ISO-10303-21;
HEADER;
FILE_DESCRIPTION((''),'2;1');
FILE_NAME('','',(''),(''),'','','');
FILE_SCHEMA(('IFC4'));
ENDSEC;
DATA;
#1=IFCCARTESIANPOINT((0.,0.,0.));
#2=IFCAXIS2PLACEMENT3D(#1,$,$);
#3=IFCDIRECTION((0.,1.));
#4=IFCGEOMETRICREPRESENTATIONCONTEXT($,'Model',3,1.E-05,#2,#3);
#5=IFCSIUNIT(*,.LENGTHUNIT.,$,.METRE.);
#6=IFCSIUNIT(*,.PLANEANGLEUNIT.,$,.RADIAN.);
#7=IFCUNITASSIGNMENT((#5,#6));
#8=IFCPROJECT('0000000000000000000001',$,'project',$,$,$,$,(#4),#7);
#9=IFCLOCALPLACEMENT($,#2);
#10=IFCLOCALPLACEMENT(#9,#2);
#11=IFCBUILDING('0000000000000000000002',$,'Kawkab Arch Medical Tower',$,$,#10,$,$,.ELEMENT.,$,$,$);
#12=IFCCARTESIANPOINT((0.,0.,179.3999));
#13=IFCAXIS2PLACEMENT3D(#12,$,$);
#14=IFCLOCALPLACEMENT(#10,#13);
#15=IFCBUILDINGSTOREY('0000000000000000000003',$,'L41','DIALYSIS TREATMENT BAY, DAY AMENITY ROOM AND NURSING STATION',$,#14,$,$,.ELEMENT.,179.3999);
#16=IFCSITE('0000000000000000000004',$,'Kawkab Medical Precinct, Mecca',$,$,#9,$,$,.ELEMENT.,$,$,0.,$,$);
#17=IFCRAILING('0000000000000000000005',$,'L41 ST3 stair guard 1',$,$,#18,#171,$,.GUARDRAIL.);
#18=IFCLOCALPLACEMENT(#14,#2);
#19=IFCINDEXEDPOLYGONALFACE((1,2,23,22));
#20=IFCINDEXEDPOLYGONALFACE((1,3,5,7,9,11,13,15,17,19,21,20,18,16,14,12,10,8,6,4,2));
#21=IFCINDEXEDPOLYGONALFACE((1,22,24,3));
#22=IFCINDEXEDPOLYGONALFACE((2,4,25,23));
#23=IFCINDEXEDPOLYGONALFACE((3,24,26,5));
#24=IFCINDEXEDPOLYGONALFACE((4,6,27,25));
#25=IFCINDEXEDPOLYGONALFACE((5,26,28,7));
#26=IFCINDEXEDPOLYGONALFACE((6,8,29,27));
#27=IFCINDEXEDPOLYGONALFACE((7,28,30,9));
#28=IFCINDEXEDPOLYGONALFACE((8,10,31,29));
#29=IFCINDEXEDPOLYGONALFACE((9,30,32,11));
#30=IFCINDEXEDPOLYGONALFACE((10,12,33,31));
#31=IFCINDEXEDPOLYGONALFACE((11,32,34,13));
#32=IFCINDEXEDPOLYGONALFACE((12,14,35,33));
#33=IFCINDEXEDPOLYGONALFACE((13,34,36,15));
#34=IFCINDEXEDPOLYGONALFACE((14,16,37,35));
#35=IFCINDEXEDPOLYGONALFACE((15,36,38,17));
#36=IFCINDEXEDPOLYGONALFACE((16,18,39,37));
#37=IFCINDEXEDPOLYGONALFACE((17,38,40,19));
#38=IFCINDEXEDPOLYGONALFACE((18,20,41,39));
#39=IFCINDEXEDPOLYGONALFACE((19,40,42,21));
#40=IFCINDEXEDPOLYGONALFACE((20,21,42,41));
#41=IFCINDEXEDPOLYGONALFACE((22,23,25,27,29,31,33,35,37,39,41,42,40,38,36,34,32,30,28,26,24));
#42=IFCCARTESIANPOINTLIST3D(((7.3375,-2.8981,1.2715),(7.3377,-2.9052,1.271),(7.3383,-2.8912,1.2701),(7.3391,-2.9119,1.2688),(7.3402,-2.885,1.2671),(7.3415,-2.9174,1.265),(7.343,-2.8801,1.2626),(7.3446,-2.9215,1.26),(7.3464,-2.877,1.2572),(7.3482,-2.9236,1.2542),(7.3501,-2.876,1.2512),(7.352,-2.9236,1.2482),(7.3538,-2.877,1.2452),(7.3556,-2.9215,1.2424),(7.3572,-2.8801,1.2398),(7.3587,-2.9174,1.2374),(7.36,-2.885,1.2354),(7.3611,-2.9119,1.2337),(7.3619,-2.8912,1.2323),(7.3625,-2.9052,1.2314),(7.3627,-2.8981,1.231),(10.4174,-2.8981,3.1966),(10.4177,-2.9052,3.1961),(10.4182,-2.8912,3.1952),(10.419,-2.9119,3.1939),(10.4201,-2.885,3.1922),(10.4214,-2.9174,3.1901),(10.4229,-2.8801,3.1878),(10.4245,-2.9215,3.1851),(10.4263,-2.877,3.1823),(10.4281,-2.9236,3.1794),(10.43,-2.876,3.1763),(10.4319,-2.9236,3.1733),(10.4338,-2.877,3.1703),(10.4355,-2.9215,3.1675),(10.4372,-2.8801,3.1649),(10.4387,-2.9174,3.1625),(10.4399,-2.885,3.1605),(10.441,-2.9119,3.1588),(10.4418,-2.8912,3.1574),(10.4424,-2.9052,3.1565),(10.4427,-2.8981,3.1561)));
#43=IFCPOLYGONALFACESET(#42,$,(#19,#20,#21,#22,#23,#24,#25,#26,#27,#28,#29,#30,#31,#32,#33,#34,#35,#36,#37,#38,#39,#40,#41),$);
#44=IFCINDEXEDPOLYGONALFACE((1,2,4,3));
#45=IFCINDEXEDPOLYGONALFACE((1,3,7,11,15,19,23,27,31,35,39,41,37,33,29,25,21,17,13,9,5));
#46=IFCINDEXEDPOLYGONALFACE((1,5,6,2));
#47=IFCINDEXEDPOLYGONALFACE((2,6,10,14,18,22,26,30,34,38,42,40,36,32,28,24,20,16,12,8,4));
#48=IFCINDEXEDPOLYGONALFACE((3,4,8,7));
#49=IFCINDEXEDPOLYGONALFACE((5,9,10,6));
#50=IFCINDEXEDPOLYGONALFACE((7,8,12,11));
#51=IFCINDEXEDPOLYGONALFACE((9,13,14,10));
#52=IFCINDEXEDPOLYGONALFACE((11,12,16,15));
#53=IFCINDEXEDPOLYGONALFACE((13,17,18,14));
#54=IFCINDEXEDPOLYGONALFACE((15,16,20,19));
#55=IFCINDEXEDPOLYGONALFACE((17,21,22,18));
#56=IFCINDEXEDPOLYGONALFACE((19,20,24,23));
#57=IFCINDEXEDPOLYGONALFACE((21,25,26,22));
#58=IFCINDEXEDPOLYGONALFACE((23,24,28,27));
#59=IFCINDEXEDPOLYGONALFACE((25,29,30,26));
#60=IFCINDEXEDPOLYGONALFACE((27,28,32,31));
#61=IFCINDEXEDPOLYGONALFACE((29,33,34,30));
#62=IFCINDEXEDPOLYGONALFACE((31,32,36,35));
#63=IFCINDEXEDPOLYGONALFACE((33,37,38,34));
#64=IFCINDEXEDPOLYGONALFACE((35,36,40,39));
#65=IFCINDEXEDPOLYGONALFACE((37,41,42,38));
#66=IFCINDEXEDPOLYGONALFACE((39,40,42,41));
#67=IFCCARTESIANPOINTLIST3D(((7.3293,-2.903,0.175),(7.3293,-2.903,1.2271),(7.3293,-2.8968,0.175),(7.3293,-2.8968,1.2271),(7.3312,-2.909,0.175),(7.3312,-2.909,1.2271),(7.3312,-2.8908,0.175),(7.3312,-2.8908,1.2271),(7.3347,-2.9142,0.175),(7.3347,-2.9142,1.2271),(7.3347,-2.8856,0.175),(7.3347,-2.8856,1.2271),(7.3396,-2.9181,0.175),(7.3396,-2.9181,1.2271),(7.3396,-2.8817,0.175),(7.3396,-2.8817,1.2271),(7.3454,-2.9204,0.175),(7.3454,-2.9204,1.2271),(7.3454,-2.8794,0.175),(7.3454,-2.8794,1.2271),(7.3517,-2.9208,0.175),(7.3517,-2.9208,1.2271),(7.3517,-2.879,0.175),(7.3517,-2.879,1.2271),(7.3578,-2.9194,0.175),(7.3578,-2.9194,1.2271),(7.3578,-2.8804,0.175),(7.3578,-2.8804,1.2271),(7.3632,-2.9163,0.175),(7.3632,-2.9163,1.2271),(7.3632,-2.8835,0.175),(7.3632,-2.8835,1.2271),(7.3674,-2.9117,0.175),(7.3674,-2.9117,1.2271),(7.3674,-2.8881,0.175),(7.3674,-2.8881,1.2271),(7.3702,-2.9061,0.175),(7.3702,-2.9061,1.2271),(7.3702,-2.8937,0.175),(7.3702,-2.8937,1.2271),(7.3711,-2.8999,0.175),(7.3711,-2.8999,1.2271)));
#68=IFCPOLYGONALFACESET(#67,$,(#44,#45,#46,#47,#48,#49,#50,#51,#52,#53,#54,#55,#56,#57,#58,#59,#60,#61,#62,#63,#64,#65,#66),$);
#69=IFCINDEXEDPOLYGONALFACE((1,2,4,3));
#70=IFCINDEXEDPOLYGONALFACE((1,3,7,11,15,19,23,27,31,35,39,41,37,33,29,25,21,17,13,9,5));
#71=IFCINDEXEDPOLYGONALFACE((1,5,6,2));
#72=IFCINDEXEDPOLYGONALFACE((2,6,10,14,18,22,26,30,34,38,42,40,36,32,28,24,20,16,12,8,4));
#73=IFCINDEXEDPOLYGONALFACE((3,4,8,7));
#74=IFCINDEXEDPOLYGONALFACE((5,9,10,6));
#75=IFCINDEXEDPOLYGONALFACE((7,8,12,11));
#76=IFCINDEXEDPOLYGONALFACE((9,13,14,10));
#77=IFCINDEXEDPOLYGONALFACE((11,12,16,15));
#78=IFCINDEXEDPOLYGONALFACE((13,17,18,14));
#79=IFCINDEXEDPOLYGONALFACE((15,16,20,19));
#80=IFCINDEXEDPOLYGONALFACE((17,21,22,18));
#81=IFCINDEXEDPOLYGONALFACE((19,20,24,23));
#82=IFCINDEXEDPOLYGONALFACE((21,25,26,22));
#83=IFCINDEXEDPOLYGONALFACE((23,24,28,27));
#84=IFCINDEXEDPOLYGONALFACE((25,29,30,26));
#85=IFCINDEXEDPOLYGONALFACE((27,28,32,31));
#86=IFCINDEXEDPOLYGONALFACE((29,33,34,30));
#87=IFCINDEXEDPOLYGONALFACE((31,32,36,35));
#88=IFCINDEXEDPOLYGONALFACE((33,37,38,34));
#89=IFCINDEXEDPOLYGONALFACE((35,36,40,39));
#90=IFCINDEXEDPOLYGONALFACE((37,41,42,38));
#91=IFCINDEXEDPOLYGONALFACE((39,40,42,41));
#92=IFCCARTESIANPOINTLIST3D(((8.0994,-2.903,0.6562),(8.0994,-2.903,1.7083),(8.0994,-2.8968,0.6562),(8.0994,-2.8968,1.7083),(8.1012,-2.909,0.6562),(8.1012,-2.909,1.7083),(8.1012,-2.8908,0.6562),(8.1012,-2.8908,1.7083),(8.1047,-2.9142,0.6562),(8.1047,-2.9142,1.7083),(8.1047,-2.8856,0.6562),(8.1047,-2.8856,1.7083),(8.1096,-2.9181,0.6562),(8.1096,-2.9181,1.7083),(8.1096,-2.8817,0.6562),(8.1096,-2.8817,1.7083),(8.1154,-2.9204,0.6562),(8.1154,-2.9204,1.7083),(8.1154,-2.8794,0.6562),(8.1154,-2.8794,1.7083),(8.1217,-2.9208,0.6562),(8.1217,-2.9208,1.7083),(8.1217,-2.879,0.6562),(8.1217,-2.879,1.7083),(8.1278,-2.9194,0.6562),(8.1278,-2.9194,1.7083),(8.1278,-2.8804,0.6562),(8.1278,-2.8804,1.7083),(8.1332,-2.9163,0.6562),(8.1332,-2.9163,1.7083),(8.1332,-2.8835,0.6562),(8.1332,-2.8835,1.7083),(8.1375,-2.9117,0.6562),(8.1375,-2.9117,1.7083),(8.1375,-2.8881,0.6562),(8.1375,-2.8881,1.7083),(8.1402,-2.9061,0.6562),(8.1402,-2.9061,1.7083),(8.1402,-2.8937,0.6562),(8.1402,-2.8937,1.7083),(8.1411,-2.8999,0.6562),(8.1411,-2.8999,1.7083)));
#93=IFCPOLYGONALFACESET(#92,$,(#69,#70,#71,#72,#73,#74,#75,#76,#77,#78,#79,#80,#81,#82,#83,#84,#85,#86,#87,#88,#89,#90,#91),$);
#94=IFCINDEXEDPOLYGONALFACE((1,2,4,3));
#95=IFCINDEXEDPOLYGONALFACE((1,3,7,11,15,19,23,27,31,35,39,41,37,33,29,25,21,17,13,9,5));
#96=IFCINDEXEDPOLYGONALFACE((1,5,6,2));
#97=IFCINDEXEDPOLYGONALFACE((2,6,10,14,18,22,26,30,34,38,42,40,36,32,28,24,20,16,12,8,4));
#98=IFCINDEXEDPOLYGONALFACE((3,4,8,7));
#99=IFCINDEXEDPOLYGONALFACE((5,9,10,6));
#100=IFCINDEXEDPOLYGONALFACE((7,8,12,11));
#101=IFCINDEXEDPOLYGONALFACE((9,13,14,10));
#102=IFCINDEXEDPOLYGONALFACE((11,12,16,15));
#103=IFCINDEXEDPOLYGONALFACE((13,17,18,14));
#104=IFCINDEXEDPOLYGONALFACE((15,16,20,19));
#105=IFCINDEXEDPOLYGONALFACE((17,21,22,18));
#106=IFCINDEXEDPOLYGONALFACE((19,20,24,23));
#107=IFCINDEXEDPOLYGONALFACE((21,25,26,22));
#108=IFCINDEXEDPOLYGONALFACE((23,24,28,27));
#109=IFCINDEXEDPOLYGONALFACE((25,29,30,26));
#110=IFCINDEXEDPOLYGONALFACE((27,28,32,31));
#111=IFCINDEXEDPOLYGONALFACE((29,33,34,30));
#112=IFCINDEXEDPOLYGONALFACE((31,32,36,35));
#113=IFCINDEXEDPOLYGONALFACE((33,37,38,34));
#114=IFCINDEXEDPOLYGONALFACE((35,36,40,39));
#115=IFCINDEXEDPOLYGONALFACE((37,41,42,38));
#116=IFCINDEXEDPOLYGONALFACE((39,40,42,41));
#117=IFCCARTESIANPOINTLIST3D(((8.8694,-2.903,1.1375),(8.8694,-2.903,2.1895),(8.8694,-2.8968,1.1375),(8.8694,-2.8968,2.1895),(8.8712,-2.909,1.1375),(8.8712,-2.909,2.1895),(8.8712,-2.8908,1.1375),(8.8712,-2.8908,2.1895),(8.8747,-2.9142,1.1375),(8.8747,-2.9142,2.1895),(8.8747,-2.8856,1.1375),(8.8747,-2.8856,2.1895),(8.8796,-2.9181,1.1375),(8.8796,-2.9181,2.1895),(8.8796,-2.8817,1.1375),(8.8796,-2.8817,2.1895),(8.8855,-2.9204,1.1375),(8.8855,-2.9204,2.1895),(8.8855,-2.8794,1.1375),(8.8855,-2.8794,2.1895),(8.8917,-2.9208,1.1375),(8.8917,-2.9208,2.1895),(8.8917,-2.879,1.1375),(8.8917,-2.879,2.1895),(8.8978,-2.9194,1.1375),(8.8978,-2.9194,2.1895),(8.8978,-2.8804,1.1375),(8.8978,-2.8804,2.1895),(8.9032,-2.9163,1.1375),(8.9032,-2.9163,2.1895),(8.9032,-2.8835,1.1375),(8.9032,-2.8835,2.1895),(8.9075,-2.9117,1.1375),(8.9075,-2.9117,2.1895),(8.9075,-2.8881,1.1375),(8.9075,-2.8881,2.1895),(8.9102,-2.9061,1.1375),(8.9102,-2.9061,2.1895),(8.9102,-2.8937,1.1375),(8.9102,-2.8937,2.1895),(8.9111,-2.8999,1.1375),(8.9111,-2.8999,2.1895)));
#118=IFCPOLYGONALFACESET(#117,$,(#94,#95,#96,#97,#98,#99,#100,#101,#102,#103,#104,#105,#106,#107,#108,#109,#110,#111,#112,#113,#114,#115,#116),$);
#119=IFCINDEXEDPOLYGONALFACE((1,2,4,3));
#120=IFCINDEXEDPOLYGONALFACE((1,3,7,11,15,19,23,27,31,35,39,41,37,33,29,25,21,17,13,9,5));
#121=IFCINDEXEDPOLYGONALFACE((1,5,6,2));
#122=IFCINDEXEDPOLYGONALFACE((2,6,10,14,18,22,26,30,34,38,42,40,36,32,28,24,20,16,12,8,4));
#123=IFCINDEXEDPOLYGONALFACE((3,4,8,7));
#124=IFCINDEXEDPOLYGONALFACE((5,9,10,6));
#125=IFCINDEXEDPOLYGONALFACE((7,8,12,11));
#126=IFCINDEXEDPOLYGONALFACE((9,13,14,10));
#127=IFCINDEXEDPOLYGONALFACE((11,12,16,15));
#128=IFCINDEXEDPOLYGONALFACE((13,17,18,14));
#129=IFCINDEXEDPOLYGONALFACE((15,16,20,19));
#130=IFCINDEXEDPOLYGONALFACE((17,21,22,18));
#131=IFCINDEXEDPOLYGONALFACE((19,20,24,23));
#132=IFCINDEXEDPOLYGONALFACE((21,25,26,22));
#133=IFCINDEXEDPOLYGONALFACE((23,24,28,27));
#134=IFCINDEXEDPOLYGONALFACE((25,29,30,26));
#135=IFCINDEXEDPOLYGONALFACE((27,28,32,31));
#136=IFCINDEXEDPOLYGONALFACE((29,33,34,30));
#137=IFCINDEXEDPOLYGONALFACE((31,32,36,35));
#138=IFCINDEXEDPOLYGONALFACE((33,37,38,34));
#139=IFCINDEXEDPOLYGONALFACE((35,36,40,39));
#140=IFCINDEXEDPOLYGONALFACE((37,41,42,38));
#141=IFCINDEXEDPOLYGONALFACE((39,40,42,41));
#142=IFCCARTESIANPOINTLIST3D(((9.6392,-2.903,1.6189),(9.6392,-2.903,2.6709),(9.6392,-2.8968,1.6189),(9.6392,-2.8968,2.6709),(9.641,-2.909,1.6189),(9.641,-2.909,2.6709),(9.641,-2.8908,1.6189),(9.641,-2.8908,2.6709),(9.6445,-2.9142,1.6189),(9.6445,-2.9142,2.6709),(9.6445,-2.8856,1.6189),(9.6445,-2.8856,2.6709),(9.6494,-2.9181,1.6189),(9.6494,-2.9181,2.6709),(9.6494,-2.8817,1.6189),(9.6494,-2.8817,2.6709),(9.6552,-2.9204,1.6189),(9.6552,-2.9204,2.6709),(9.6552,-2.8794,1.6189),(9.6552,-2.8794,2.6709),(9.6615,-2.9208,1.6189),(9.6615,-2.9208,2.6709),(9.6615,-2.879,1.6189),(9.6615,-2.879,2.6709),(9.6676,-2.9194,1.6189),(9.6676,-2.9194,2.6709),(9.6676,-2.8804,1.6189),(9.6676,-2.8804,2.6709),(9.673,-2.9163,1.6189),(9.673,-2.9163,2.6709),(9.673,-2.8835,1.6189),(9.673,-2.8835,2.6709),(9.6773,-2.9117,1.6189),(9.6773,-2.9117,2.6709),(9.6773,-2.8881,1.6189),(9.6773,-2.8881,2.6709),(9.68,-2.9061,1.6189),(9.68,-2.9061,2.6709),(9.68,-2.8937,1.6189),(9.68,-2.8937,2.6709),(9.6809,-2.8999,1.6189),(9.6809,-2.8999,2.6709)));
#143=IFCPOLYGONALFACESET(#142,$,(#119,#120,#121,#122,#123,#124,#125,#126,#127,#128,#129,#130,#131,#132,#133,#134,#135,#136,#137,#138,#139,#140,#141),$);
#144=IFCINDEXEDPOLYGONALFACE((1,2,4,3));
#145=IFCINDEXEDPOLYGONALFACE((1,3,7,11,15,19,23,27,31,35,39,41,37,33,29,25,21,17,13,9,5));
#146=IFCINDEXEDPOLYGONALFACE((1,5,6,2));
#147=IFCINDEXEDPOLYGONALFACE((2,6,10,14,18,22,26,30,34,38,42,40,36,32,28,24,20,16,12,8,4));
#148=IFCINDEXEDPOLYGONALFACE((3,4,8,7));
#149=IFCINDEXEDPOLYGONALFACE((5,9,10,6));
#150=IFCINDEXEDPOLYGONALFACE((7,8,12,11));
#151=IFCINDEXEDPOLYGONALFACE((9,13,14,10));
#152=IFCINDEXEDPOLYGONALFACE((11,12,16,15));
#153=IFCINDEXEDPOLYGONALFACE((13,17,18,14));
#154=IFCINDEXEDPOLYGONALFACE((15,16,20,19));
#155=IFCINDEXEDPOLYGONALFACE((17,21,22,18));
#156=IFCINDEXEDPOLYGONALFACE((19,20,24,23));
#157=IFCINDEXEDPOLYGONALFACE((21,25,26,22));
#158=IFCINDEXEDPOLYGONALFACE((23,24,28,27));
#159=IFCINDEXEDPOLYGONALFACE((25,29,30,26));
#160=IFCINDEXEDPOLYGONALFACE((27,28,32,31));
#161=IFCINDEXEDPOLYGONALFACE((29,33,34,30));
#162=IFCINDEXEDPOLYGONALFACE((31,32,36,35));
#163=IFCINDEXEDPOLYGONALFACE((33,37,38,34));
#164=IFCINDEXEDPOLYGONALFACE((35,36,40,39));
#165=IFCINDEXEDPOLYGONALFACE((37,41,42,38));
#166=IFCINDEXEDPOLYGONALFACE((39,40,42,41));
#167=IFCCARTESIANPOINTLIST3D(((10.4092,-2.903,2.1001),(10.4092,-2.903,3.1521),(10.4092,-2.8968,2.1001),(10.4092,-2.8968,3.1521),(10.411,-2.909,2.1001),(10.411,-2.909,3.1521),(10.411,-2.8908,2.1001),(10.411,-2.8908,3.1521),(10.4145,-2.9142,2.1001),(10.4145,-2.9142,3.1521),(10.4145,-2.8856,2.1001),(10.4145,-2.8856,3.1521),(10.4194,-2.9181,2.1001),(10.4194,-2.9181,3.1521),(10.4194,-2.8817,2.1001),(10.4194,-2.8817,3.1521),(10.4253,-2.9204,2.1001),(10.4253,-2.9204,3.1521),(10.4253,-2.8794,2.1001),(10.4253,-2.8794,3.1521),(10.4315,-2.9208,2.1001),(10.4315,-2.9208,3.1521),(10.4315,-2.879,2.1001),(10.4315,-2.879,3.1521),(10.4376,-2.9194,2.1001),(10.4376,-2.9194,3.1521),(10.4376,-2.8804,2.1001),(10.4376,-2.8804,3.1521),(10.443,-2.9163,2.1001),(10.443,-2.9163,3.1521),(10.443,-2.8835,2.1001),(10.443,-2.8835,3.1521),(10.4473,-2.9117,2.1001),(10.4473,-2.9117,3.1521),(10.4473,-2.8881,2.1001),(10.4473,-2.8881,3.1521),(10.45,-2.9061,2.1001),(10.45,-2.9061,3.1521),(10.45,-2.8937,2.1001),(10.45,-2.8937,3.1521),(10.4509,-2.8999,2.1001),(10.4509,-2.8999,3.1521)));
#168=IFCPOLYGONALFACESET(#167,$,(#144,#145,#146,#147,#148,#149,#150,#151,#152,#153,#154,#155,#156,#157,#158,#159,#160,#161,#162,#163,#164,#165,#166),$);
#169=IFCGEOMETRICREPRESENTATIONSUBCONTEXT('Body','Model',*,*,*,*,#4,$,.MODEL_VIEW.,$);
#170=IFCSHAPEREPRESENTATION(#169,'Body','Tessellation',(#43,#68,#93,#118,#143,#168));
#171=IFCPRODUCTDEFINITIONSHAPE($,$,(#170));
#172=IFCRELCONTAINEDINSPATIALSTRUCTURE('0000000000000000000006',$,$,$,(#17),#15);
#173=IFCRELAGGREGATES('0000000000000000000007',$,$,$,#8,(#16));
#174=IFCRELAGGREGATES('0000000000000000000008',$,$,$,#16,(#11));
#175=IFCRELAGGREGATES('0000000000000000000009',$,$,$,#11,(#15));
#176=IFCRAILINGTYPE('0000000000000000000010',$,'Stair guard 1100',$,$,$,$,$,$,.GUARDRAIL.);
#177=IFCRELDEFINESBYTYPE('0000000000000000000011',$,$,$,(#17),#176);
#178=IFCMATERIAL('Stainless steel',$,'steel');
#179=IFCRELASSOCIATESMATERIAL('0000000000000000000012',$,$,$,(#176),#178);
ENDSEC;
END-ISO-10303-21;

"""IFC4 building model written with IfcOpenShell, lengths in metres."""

from ifc_helpers import new_model, si_unit, direction, frame, origin, origin_2d, place, context, subcontext, project, spatial, circle, extrude, material, type_object, element, save


model = new_model("IFC4")

# Units and contexts
model_context = context("Model", 3, precision=1e-05, world=origin(), true_north=direction((0.0, 1.0)))
body_context = subcontext(model_context, "Body", "Model", "MODEL_VIEW")
ifc_project = project(units=[si_unit("LENGTHUNIT", "METRE"), si_unit("PLANEANGLEUNIT", "RADIAN")], contexts=[model_context])

# Site, building, storey
site_placement = place(None, origin())
site = spatial("IfcSite", under=ifc_project, at=site_placement, Name="Kawkab Medical Precinct, Mecca", CompositionType="ELEMENT", RefElevation=0.0)
building_placement = place(site_placement, origin())
building = spatial("IfcBuilding", under=site, at=building_placement, Name="Kawkab Arch Medical Tower", CompositionType="ELEMENT")
storey_placement = place(building_placement, frame((0.0, 0.0, 179.3999)))
storey = spatial("IfcBuildingStorey", under=building, at=storey_placement, Name="L41", Description="DIALYSIS TREATMENT BAY, DAY AMENITY ROOM AND NURSING STATION", CompositionType="ELEMENT", Elevation=179.3999)

# Railing
ifc_material_1 = material(Name="Stainless steel", Category="steel")
railing_type_1 = type_object("IfcRailingType", Name="Stair guard 1100", PredefinedType="GUARDRAIL", material=ifc_material_1)
railing_1_placement = place(storey_placement, frame((7.3501, -2.8999, 0.175)))
element("IfcRailing", 1, at=railing_1_placement, inside=storey, type_object=railing_type_1, Name="L41 ST3 stair guard 1", PredefinedType="GUARDRAIL", context=body_context, shape_type="SweptSolid", body=[
    extrude(circle(Radius=0.0239, at=origin_2d()), frame((0.0, 0.0, 1.0762), z_axis=(0.847979, 0.0, 0.530029), x_axis=(0.0, 1.0, 0.0)), (0.0, 0.0, 1.0), 3.6321),
    extrude(circle(Radius=0.021, at=origin_2d()), origin(), (0.0, 0.0, 1.0), 1.052),
    extrude(circle(Radius=0.021, at=origin_2d()), frame((0.77, 0.0, 0.4812)), (0.0, 0.0, 1.0), 1.052),
    extrude(circle(Radius=0.021, at=origin_2d()), frame((1.54, 0.0, 0.9624)), (0.0, 0.0, 1.0), 1.052),
    extrude(circle(Radius=0.021, at=origin_2d()), frame((2.3098, 0.0, 1.4438)), (0.0, 0.0, 1.0), 1.052),
    extrude(circle(Radius=0.021, at=origin_2d()), frame((3.0798, 0.0, 1.925)), (0.0, 0.0, 1.0), 1.052),
])

save(model, "model.ifc")
